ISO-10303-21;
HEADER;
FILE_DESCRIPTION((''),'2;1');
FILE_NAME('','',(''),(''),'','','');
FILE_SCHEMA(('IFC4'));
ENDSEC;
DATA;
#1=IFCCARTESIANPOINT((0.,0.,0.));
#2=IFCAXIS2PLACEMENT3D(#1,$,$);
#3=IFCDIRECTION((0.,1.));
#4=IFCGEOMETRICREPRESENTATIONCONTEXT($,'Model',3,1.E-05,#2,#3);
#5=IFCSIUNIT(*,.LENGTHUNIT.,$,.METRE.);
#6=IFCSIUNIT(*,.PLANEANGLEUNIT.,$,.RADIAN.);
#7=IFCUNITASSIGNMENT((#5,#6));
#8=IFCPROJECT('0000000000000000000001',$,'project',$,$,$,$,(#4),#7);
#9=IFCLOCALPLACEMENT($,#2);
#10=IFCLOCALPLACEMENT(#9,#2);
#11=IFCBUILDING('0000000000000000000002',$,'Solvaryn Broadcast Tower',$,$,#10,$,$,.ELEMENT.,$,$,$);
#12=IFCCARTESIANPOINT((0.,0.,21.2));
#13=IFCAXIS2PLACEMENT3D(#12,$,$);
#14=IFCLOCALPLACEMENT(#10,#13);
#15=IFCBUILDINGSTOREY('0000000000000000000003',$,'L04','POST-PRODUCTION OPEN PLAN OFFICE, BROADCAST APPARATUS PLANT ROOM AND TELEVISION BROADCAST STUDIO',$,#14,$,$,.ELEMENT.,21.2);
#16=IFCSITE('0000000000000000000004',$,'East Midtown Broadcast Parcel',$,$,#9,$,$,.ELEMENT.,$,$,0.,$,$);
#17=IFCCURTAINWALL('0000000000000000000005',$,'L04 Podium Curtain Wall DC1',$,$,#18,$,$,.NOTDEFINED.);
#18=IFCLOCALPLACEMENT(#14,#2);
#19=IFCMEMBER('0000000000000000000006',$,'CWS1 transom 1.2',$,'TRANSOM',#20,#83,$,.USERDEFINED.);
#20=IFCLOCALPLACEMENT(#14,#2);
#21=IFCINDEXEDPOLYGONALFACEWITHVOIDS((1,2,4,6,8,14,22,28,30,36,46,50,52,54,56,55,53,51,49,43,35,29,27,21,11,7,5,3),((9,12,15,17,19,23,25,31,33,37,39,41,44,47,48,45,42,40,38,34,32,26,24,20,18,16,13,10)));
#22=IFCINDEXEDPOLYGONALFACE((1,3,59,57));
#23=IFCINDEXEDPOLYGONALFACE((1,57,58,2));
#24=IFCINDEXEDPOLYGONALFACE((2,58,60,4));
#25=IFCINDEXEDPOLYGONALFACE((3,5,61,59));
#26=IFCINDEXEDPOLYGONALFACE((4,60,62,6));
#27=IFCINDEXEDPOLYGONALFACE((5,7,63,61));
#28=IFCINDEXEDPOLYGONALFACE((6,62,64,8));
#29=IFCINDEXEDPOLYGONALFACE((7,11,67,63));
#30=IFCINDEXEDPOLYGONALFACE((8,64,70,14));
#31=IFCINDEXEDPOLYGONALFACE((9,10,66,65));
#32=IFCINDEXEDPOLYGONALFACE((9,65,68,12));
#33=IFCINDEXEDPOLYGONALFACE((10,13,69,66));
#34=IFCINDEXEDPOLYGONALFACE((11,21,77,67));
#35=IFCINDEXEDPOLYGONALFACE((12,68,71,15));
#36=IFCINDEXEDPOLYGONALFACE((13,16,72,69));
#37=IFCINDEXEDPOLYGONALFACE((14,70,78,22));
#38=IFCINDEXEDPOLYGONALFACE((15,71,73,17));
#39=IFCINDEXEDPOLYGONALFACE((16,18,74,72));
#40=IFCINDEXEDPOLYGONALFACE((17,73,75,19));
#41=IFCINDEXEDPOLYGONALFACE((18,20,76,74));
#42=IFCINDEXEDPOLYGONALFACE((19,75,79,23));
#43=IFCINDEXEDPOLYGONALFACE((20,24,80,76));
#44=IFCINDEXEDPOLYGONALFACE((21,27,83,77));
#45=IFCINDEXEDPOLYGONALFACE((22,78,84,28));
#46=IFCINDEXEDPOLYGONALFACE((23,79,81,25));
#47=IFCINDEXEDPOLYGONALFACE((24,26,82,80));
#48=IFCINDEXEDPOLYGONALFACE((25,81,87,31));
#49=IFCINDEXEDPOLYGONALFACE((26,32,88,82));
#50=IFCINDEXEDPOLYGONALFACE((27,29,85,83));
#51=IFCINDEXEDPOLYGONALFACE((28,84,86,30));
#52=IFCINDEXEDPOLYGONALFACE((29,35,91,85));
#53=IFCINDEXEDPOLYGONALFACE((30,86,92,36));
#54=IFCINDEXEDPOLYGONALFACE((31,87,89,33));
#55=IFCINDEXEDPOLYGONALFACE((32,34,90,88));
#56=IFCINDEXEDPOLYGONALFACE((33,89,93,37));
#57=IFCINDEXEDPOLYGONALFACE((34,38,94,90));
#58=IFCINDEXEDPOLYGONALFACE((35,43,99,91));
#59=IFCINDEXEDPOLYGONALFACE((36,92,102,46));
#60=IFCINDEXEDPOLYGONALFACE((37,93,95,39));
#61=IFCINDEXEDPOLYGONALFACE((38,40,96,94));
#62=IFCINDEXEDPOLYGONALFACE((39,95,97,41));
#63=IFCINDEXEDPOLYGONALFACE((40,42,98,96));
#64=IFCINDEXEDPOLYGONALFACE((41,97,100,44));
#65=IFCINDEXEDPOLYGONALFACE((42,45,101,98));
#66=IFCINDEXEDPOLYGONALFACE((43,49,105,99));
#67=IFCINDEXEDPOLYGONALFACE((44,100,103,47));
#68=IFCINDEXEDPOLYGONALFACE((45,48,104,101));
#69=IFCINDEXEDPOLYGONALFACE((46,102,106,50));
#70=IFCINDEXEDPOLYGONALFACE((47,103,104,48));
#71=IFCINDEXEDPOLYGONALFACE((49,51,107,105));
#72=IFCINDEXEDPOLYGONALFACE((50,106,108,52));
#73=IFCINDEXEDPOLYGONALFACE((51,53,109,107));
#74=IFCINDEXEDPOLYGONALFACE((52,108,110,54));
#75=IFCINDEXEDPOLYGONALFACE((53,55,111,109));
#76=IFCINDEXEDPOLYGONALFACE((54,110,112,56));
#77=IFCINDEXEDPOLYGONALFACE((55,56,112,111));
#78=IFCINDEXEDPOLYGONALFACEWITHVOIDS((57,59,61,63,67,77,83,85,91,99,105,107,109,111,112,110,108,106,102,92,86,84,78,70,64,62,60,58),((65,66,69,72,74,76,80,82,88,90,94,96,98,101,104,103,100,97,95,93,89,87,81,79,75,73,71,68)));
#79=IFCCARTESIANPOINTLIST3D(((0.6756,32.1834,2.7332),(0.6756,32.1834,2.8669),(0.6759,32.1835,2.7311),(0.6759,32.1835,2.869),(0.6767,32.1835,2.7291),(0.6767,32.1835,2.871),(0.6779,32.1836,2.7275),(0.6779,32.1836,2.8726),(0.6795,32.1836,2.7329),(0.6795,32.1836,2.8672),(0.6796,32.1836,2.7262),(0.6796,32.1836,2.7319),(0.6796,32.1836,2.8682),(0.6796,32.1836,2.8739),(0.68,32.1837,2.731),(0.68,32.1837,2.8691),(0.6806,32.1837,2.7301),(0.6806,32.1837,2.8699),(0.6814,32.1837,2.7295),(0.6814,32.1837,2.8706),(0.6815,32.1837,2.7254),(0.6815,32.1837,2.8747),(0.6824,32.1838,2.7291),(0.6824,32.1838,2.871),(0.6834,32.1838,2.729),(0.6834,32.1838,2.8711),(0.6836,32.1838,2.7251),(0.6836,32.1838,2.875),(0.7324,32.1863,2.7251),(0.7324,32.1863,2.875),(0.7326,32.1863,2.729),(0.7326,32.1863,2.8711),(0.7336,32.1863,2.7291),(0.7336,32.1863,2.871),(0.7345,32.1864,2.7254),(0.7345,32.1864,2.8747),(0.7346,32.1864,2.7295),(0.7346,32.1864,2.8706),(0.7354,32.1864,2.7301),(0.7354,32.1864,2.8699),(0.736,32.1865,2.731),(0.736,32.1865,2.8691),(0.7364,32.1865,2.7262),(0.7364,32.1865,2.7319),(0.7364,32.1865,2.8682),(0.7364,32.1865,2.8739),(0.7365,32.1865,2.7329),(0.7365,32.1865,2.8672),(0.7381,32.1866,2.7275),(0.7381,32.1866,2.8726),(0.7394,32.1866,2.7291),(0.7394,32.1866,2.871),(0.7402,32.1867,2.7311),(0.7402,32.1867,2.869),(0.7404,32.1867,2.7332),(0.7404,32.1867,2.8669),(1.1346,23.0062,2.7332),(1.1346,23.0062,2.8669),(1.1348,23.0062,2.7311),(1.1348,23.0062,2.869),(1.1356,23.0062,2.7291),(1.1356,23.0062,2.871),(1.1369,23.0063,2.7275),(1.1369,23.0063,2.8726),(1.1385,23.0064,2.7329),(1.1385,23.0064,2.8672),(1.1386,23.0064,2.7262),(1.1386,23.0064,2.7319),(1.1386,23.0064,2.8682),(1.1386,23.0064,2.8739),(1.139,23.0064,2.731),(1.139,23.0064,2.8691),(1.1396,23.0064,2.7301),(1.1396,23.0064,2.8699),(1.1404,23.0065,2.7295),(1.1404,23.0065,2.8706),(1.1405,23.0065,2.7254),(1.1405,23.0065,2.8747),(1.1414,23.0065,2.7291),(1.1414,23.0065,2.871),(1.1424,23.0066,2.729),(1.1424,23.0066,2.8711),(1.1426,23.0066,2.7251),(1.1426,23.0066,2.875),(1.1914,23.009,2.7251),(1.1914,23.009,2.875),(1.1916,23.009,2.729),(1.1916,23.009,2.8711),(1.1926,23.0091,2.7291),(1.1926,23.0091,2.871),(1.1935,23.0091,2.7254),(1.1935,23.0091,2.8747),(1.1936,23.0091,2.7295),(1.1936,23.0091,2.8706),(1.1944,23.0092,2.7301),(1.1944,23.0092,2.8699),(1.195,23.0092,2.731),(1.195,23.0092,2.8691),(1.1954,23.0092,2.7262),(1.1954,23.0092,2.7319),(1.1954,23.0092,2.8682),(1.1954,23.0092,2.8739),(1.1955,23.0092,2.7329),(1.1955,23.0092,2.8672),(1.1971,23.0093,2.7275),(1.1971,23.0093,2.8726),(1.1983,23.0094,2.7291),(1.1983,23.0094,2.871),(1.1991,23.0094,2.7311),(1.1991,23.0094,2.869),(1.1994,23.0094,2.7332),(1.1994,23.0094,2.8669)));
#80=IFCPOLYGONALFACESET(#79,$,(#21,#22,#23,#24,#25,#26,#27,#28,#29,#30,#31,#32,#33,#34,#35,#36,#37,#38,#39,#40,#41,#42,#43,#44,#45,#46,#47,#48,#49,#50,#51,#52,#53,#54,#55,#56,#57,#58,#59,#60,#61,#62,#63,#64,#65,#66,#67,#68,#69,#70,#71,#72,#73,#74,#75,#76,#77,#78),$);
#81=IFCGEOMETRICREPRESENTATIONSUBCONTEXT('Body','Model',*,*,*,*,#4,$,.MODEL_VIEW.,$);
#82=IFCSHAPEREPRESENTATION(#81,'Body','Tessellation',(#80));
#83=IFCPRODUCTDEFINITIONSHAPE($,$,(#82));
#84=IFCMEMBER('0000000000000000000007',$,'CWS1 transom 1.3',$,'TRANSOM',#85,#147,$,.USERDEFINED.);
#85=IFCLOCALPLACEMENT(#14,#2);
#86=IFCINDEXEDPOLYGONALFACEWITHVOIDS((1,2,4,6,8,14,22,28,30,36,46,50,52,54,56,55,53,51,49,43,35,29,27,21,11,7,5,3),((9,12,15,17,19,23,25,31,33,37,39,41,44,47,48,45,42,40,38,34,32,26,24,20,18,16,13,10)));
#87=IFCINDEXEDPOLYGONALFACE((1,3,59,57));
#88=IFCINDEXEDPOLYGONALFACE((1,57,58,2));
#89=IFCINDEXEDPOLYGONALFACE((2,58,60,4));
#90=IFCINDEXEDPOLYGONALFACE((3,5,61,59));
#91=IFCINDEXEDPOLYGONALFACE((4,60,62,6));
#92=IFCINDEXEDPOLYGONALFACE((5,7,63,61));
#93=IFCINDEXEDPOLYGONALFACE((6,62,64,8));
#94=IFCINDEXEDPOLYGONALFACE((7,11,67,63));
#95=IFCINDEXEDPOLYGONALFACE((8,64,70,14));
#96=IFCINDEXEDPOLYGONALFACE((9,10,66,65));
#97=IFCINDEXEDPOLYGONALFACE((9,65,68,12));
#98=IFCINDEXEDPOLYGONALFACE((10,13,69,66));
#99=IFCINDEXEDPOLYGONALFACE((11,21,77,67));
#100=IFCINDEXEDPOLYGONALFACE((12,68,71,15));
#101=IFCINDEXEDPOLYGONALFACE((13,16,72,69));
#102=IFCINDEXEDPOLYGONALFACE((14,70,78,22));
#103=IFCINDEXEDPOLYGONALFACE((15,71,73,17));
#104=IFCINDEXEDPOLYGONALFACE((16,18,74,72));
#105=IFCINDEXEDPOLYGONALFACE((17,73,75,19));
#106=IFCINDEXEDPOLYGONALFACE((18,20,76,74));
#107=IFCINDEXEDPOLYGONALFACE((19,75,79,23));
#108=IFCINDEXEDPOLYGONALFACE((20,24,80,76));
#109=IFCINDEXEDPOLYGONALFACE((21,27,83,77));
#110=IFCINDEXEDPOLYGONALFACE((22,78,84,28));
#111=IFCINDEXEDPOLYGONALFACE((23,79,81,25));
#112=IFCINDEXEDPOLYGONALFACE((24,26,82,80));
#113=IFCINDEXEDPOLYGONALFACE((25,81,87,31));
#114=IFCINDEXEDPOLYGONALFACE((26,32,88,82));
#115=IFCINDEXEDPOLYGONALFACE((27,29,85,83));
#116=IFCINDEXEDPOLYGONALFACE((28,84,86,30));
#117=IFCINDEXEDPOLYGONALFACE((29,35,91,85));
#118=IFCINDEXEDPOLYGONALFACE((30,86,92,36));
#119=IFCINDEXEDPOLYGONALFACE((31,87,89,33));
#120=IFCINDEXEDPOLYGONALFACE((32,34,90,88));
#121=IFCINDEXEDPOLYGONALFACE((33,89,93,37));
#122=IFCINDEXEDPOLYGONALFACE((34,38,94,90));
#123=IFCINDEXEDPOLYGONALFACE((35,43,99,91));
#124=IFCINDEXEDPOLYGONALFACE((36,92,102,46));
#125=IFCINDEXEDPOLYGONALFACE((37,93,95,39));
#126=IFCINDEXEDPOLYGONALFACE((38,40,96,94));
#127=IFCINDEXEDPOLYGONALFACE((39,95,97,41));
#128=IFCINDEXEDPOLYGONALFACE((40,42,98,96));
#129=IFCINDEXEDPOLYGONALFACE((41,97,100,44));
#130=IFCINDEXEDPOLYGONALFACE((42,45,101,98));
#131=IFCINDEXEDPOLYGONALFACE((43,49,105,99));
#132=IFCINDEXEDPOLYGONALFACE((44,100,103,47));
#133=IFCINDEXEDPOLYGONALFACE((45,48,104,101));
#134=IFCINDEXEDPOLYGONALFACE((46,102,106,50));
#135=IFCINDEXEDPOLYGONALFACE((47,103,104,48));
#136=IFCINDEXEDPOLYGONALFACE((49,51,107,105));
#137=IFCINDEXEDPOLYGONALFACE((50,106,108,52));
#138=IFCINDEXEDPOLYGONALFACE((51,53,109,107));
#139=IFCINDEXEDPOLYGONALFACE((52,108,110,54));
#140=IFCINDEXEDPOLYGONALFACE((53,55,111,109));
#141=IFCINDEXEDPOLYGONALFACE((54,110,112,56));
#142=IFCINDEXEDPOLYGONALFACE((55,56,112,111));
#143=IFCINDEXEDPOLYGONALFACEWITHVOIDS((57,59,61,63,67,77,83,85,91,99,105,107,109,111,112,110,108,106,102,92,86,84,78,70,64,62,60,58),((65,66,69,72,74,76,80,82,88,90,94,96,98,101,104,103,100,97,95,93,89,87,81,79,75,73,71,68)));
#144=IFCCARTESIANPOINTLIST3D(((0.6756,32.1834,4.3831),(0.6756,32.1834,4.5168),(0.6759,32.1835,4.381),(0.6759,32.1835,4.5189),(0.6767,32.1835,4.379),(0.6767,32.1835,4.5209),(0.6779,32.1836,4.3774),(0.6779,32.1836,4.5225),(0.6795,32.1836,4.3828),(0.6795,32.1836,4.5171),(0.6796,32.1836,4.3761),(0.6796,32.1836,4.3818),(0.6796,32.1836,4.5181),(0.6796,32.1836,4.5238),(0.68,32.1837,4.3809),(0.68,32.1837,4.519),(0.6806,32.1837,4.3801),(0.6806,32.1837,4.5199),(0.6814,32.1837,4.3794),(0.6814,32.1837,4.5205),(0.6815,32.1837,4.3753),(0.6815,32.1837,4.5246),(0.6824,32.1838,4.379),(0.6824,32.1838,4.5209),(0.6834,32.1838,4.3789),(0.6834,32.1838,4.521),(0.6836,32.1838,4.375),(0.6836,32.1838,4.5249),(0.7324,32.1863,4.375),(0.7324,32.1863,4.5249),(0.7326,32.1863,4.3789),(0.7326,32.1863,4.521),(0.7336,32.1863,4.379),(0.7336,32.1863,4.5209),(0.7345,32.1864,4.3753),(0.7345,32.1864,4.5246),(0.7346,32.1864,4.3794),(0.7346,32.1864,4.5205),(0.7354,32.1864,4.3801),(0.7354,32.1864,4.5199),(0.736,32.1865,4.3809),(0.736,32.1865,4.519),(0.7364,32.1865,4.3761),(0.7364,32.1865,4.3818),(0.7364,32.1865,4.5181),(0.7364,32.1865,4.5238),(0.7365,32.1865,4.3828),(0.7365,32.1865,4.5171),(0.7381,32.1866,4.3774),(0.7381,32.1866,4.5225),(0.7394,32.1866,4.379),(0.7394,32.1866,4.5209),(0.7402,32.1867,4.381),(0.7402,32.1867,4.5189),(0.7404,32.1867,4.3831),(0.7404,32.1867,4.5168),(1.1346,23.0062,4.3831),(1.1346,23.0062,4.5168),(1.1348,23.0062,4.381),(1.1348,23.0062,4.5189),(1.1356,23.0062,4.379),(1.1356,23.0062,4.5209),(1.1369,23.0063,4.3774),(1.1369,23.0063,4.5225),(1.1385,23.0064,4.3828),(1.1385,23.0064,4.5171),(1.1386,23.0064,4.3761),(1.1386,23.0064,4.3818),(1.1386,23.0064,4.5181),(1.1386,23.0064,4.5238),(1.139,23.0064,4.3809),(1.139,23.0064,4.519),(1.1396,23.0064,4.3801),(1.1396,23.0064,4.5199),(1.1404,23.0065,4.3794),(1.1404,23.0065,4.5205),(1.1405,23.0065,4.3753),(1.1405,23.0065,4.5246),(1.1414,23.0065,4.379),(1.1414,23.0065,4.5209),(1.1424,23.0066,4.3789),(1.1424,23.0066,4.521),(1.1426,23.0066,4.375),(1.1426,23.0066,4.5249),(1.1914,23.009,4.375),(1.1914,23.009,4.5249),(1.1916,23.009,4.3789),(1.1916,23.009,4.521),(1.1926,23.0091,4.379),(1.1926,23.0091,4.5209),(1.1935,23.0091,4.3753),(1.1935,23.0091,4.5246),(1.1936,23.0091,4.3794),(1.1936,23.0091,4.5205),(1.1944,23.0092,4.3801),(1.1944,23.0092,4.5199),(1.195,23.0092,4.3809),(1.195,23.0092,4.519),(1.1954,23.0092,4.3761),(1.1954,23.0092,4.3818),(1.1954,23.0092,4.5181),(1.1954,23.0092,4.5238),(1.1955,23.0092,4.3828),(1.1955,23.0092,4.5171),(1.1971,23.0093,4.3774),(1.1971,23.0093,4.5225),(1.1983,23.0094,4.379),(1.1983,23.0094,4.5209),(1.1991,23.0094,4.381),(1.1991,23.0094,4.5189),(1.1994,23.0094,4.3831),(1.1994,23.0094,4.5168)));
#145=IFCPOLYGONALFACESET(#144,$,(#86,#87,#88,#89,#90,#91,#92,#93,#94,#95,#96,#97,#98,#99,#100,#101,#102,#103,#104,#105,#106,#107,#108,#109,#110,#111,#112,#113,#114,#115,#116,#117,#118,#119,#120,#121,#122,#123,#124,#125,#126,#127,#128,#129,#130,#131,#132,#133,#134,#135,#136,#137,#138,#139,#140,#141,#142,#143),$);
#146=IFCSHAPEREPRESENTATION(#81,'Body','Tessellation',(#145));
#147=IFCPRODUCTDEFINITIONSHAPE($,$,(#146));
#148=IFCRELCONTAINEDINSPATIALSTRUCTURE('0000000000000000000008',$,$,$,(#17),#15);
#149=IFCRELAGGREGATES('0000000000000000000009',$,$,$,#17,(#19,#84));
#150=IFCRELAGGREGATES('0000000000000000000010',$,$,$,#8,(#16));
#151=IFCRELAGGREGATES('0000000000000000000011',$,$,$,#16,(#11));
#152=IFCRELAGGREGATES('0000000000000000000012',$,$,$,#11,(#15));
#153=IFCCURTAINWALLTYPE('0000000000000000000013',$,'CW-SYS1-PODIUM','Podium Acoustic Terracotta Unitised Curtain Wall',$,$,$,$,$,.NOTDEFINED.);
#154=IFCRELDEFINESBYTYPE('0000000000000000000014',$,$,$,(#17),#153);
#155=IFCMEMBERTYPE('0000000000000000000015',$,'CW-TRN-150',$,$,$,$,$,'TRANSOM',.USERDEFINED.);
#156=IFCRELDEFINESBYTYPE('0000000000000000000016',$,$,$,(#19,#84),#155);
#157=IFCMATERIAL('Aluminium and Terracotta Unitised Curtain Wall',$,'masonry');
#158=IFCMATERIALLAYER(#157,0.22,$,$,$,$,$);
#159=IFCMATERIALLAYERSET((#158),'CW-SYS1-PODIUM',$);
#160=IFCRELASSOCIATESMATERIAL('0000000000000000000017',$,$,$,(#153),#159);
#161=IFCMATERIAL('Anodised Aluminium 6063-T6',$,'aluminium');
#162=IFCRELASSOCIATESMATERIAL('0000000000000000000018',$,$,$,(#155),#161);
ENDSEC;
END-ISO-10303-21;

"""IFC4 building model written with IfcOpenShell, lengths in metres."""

from ifc_helpers import new_model, si_unit, direction, frame, origin, origin_2d, place, context, subcontext, project, spatial, hollow_rectangle, extrude, material, layer, layer_set, material_profile, profile_set, type_object, element, aggregate, save


model = new_model("IFC4")

# Units and contexts
model_context = context("Model", 3, precision=1e-05, world=origin(), true_north=direction((0.0, 1.0)))
body_context = subcontext(model_context, "Body", "Model", "MODEL_VIEW")
ifc_project = project(units=[si_unit("LENGTHUNIT", "METRE"), si_unit("PLANEANGLEUNIT", "RADIAN")], contexts=[model_context])

# Site, building, storey
site_placement = place(None, origin())
site = spatial("IfcSite", under=ifc_project, at=site_placement, Name="East Midtown Broadcast Parcel", CompositionType="ELEMENT", RefElevation=0.0)
building_placement = place(site_placement, origin())
building = spatial("IfcBuilding", under=site, at=building_placement, Name="Solvaryn Broadcast Tower", CompositionType="ELEMENT")
storey_placement = place(building_placement, frame((0.0, 0.0, 21.2)))
storey = spatial("IfcBuildingStorey", under=building, at=storey_placement, Name="L04", Description="POST-PRODUCTION OPEN PLAN OFFICE, BROADCAST APPARATUS PLANT ROOM AND TELEVISION BROADCAST STUDIO", CompositionType="ELEMENT", Elevation=21.2)

# Curtain wall, members
ifc_material_1 = material(Name="Aluminium and Terracotta Unitised Curtain Wall", Category="masonry")
ifc_layer_1 = layer(ifc_material_1, 0.22)
ifc_layer_set_1 = layer_set([ifc_layer_1], Name="CW-SYS1-PODIUM")
curtain_wall_type = type_object("IfcCurtainWallType", Name="CW-SYS1-PODIUM", Description="Podium Acoustic Terracotta Unitised Curtain Wall", PredefinedType="NOTDEFINED", material=ifc_layer_set_1)
curtain_wall_placement = place(storey_placement, origin())
curtain_wall = element("IfcCurtainWall", 1, at=curtain_wall_placement, inside=storey, type_object=curtain_wall_type, Name="L04 Podium Curtain Wall DC1", PredefinedType="NOTDEFINED")
ifc_material_2 = material(Name="Anodised Aluminium 6063-T6", Category="aluminium")
ifc_material_profile_1 = material_profile(ifc_material_2, hollow_rectangle(XDim=0.0649, YDim=0.1499, WallThickness=0.0039, InnerFilletRadius=0.0039, OuterFilletRadius=0.0081, at=origin_2d()))
ifc_profile_set_1 = profile_set([ifc_material_profile_1], Name="Anodised Aluminium 6063-T6")
member_type_1 = type_object("IfcMemberType", Name="CW-TRN-150", ElementType="TRANSOM", PredefinedType="USERDEFINED", material=ifc_profile_set_1)
member_1_placement = place(storey_placement, frame((0.708, 32.1851, 2.8), z_axis=(0.049951, -0.998752, 0.0), x_axis=(0.998752, 0.049951, 0.0)))
member_1 = element("IfcMember", 2, at=member_1_placement, type_object=member_type_1, Name="CWS1 transom 1.2", ObjectType="TRANSOM", PredefinedType="USERDEFINED", context=body_context, shape_type="SweptSolid", body=[
    extrude(hollow_rectangle(XDim=0.0649, YDim=0.1499, WallThickness=0.0039, InnerFilletRadius=0.0039, OuterFilletRadius=0.0081, at=origin_2d()), origin(), (0.0, 0.0, 1.0), 9.1887),
])
member_2_placement = place(storey_placement, frame((0.708, 32.1851, 4.45), z_axis=(0.049951, -0.998752, 0.0), x_axis=(0.998752, 0.049951, 0.0)))
member_2 = element("IfcMember", 3, at=member_2_placement, type_object=member_type_1, Name="CWS1 transom 1.3", ObjectType="TRANSOM", PredefinedType="USERDEFINED", context=body_context, shape_type="SweptSolid", body=[
    extrude(hollow_rectangle(XDim=0.0649, YDim=0.1499, WallThickness=0.0039, InnerFilletRadius=0.0039, OuterFilletRadius=0.0081, at=origin_2d()), origin(), (0.0, 0.0, 1.0), 9.1887),
])
aggregate(curtain_wall, [member_1, member_2])

save(model, "model.ifc")
